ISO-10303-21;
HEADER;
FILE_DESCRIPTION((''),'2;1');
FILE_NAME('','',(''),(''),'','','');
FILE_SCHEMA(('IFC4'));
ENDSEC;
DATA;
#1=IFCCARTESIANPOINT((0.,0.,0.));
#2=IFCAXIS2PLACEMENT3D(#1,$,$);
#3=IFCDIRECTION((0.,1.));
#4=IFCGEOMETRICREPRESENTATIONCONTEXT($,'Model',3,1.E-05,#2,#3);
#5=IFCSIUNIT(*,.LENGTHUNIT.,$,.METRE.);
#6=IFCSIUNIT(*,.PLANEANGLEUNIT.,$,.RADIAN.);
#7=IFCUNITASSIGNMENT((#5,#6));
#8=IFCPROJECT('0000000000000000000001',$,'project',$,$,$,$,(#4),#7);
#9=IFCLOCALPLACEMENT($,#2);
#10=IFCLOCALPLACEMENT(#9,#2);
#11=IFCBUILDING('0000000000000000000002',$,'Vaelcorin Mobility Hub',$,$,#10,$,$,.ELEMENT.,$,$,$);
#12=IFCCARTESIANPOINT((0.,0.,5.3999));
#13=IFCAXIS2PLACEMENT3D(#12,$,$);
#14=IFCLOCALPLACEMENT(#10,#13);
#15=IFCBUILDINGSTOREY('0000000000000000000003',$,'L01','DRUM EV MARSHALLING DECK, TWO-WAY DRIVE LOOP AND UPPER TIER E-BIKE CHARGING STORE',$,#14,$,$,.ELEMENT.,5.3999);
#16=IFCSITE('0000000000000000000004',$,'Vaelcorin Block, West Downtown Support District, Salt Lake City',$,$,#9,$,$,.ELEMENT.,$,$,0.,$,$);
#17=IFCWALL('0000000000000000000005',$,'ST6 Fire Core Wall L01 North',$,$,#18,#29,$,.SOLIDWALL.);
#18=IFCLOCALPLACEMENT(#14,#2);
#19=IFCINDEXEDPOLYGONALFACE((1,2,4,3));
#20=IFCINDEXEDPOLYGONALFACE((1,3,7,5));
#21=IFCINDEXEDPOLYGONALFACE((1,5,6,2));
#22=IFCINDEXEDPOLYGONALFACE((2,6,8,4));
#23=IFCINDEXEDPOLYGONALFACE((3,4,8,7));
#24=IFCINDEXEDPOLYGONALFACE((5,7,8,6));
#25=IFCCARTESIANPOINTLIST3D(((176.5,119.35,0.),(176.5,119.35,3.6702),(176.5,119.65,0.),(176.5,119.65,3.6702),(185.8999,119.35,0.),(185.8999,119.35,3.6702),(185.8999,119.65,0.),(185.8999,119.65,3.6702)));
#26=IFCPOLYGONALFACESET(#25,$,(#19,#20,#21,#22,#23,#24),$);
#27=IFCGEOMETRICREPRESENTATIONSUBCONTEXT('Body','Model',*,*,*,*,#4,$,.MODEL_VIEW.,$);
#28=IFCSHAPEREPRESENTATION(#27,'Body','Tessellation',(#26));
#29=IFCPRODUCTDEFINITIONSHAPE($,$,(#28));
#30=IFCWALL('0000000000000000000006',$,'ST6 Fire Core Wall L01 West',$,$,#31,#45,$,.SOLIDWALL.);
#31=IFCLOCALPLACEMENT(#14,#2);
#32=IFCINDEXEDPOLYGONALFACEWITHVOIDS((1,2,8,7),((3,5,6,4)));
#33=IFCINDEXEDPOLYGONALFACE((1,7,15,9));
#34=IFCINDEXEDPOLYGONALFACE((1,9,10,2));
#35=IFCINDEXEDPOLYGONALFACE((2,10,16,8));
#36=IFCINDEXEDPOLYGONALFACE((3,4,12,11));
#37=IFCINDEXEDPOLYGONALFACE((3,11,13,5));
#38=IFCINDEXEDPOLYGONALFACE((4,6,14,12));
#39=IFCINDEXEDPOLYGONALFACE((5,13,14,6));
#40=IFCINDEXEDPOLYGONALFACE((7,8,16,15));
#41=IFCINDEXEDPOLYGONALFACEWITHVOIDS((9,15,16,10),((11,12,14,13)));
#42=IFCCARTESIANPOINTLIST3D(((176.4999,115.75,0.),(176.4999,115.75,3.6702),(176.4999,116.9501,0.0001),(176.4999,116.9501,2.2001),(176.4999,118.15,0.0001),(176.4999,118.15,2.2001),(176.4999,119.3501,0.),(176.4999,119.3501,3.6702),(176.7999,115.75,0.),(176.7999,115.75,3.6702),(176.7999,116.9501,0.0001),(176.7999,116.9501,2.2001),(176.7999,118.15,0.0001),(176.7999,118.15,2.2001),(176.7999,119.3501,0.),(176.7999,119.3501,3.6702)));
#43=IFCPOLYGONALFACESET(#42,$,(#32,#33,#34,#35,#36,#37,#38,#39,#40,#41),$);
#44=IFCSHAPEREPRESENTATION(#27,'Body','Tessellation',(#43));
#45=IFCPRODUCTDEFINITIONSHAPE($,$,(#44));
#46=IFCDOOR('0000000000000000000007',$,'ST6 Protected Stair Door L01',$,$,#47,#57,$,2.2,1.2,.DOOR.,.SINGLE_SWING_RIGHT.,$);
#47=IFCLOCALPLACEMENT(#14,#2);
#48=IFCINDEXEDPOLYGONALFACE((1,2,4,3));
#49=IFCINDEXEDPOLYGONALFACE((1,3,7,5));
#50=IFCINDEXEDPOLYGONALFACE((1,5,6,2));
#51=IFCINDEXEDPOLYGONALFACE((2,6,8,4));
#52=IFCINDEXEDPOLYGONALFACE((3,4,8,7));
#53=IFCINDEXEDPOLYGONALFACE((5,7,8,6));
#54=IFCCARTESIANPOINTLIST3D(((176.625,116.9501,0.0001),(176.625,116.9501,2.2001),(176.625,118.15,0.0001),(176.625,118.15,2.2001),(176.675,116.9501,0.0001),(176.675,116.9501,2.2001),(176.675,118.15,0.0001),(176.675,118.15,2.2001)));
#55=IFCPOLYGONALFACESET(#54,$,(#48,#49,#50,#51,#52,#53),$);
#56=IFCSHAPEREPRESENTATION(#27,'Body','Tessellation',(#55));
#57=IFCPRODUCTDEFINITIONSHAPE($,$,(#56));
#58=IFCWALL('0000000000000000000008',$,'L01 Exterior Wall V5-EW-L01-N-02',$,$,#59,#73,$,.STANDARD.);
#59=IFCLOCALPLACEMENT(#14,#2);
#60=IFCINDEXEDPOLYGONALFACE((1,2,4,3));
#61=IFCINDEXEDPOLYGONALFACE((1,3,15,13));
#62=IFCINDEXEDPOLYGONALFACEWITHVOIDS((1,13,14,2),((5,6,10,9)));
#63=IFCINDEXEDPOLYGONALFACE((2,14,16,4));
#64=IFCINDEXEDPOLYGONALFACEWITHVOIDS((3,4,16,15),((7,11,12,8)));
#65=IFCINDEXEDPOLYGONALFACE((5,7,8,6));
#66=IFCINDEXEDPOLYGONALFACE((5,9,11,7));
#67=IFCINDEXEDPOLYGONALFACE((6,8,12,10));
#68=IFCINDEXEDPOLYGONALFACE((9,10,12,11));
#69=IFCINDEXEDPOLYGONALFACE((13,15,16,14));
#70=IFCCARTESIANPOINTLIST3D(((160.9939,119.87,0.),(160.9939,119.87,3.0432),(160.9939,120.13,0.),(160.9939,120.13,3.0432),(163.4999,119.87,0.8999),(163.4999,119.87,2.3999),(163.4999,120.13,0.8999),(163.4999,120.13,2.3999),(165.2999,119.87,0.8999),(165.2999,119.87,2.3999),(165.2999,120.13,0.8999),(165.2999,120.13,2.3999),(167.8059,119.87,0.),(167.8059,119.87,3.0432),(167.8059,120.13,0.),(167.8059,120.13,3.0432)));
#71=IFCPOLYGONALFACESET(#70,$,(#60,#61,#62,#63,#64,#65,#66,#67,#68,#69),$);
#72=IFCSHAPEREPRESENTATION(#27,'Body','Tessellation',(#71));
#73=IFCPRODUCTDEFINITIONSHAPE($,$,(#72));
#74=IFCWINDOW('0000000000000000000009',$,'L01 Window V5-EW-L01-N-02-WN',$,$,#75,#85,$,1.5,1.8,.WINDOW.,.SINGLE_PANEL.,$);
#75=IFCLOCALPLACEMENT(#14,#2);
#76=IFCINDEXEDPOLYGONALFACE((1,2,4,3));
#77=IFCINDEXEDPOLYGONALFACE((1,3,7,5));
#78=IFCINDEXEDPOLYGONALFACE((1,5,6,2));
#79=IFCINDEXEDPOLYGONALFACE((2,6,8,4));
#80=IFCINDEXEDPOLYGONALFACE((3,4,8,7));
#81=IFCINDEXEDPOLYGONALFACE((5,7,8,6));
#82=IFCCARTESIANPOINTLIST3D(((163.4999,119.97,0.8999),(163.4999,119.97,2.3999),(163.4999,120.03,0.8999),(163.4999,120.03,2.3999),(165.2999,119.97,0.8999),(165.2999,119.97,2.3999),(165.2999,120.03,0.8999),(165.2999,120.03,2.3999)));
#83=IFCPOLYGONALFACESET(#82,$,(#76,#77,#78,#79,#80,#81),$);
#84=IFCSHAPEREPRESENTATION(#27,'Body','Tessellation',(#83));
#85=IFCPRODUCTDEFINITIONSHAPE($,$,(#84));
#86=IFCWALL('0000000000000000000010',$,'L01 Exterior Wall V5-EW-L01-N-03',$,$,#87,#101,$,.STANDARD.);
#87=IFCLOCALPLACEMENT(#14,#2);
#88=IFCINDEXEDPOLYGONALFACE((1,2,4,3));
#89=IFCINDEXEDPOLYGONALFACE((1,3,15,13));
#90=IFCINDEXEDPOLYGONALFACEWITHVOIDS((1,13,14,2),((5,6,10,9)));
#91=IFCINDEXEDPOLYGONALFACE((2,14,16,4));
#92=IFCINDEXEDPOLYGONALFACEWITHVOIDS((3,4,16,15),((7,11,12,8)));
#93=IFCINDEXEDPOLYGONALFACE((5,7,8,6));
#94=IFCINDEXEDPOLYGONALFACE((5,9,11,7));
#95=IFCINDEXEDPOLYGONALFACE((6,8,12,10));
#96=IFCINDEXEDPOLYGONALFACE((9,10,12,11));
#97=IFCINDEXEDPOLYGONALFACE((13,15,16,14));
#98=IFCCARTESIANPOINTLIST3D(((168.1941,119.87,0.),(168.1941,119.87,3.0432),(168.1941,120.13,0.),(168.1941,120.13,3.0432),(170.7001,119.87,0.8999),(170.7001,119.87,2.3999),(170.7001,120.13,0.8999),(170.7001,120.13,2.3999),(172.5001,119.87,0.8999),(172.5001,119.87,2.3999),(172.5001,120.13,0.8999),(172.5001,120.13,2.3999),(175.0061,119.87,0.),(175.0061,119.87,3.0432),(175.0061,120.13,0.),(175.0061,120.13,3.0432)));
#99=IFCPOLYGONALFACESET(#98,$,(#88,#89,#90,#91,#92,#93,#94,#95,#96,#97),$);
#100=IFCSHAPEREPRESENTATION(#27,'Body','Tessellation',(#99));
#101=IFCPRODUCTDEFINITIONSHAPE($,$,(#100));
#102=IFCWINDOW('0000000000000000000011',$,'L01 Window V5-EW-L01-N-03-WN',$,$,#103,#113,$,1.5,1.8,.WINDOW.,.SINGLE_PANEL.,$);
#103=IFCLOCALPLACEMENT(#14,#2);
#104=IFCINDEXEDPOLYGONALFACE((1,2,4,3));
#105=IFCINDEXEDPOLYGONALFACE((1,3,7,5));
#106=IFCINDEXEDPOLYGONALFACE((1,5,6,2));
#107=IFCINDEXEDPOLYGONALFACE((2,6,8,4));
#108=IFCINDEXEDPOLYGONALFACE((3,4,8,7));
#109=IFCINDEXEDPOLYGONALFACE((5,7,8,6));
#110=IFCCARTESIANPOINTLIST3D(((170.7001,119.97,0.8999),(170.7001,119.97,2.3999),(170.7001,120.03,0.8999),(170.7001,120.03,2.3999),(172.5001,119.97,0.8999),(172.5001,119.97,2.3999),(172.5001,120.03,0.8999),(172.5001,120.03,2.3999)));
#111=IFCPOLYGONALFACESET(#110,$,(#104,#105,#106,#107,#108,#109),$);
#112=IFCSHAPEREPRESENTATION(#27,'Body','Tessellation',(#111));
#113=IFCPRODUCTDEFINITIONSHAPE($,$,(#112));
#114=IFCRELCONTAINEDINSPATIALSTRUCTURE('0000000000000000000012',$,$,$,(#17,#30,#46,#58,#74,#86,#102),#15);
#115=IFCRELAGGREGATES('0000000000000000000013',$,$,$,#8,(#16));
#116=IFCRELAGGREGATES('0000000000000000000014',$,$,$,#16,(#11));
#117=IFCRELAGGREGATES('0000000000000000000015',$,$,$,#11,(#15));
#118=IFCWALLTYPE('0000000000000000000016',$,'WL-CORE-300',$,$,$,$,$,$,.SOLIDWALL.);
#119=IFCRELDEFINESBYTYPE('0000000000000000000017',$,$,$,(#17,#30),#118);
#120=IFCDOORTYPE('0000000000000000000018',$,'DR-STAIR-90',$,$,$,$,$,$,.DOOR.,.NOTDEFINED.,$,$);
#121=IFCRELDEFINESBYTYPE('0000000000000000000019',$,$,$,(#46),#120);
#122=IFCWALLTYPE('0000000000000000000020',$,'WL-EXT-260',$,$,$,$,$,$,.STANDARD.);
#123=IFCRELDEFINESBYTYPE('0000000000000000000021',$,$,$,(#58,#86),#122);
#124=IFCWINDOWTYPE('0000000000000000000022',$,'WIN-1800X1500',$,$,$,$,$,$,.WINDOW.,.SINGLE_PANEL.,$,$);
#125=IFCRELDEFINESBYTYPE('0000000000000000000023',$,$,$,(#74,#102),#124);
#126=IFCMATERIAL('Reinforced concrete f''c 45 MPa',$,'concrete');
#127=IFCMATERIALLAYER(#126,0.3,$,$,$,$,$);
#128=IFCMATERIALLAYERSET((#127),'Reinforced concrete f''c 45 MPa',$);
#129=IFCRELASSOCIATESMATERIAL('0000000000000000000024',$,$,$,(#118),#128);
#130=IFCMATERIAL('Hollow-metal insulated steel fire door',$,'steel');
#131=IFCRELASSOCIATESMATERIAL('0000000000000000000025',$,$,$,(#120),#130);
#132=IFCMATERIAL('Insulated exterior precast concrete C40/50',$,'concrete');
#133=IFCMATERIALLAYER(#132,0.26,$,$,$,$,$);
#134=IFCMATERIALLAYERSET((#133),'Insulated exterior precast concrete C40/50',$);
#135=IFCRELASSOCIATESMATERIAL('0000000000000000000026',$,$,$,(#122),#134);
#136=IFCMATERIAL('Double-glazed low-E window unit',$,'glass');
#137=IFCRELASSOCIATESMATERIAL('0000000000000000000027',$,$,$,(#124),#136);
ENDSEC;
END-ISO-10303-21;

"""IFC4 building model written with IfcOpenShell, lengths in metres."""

from ifc_helpers import new_model, si_unit, direction, frame, frame_2d, origin, place, context, subcontext, project, spatial, rectangle, extrude, material, layer, layer_set, type_object, element, fill, save


model = new_model("IFC4")

# Units and contexts
model_context = context("Model", 3, precision=1e-05, world=origin(), true_north=direction((0.0, 1.0)))
body_context = subcontext(model_context, "Body", "Model", "MODEL_VIEW")
ifc_project = project(units=[si_unit("LENGTHUNIT", "METRE"), si_unit("PLANEANGLEUNIT", "RADIAN")], contexts=[model_context])

# Site, building, storey
site_placement = place(None, origin())
site = spatial("IfcSite", under=ifc_project, at=site_placement, Name="Vaelcorin Block, West Downtown Support District, Salt Lake City", CompositionType="ELEMENT", RefElevation=0.0)
building_placement = place(site_placement, origin())
building = spatial("IfcBuilding", under=site, at=building_placement, Name="Vaelcorin Mobility Hub", CompositionType="ELEMENT")
storey_placement = place(building_placement, frame((0.0, 0.0, 5.3999)))
storey = spatial("IfcBuildingStorey", under=building, at=storey_placement, Name="L01", Description="DRUM EV MARSHALLING DECK, TWO-WAY DRIVE LOOP AND UPPER TIER E-BIKE CHARGING STORE", CompositionType="ELEMENT", Elevation=5.3999)

# Wall
ifc_material_1 = material(Name="Reinforced concrete f'c 45 MPa", Category="concrete")
ifc_layer_1 = layer(ifc_material_1, 0.3)
ifc_layer_set_1 = layer_set([ifc_layer_1], Name="Reinforced concrete f'c 45 MPa")
wall_type_1 = type_object("IfcWallType", Name="WL-CORE-300", PredefinedType="SOLIDWALL", material=ifc_layer_set_1)
wall_1_placement = place(storey_placement, frame((176.5, 119.5, 0.0), z_axis=(0.0, 0.0, 1.0), x_axis=(1.0, 0.0, 0.0)))
element("IfcWall", 1, at=wall_1_placement, inside=storey, type_object=wall_type_1, Name="ST6 Fire Core Wall L01 North", PredefinedType="SOLIDWALL", context=body_context, shape_type="SweptSolid", body=[
    extrude(rectangle(XDim=9.3999, YDim=0.3, at=frame_2d((4.7, 0.0))), origin(), (0.0, 0.0, 1.0), 3.6702),
])

# Wall, opening, door
wall_2_placement = place(storey_placement, frame((176.6499, 115.75, 0.0), z_axis=(0.0, 0.0, 1.0), x_axis=(0.0, 1.0, 0.0)))
wall_2 = element("IfcWall", 2, at=wall_2_placement, inside=storey, type_object=wall_type_1, Name="ST6 Fire Core Wall L01 West", PredefinedType="SOLIDWALL", context=body_context, shape_type="SweptSolid", body=[
    extrude(rectangle(XDim=3.6001, YDim=0.3, at=frame_2d((1.8, 0.0))), origin(), (0.0, 0.0, 1.0), 3.6702),
])
opening_1_placement = place(wall_2_placement, frame((1.2, 0.0, 0.0)))
opening_1 = element("IfcOpeningElement", 3, at=opening_1_placement, cuts=wall_2, PredefinedType="OPENING", context=body_context, shape_type="SweptSolid", body=[
    extrude(rectangle(XDim=1.2, YDim=2.2, at=frame_2d((0.6001, 1.1001))), frame((0.0, 0.1599, 0.0), z_axis=(0.0, -1.0, 0.0), x_axis=(1.0, 0.0, 0.0)), (0.0, 0.0, 1.0), 0.3201),
])
ifc_material_2 = material(Name="Hollow-metal insulated steel fire door", Category="steel")
door_type = type_object("IfcDoorType", Name="DR-STAIR-90", OperationType="NOTDEFINED", PredefinedType="DOOR", material=ifc_material_2)
door_placement = place(opening_1_placement, origin())
door = element("IfcDoor", 4, at=door_placement, inside=storey, type_object=door_type, Name="ST6 Protected Stair Door L01", OperationType="SINGLE_SWING_RIGHT", OverallHeight=2.2, OverallWidth=1.2, PredefinedType="DOOR", context=body_context, shape_type="SweptSolid", body=[
    extrude(rectangle(XDim=1.2, YDim=2.2, at=frame_2d((0.6001, 1.1001))), frame((0.0, 0.0249, 0.0), z_axis=(0.0, -1.0, 0.0), x_axis=(1.0, 0.0, 0.0)), (0.0, 0.0, 1.0), 0.05),
])
fill(opening_1, door)

# Walls, openings, windows
ifc_material_3 = material(Name="Insulated exterior precast concrete C40/50", Category="concrete")
ifc_layer_2 = layer(ifc_material_3, 0.26)
ifc_layer_set_2 = layer_set([ifc_layer_2], Name="Insulated exterior precast concrete C40/50")
wall_type_2 = type_object("IfcWallType", Name="WL-EXT-260", PredefinedType="STANDARD", material=ifc_layer_set_2)
wall_3_placement = place(storey_placement, frame((160.9939, 120.0, 0.0), z_axis=(0.0, 0.0, 1.0), x_axis=(1.0, 0.0, 0.0)))
wall_3 = element("IfcWall", 5, at=wall_3_placement, inside=storey, type_object=wall_type_2, Name="L01 Exterior Wall V5-EW-L01-N-02", PredefinedType="STANDARD", context=body_context, shape_type="SweptSolid", body=[
    extrude(rectangle(XDim=6.812, YDim=0.26, at=frame_2d((3.406, 0.0))), origin(), (0.0, 0.0, 1.0), 3.0432),
])
opening_2_placement = place(wall_3_placement, frame((2.5061, 0.0, 0.8999)))
opening_2 = element("IfcOpeningElement", 6, at=opening_2_placement, cuts=wall_3, PredefinedType="OPENING", context=body_context, shape_type="SweptSolid", body=[
    extrude(rectangle(XDim=1.8, YDim=1.5, at=frame_2d((0.8999, 0.75))), frame((0.0, 0.1399, 0.0), z_axis=(0.0, -1.0, 0.0), x_axis=(1.0, 0.0, 0.0)), (0.0, 0.0, 1.0), 0.28),
])
ifc_material_4 = material(Name="Double-glazed low-E window unit", Category="glass")
window_type = type_object("IfcWindowType", Name="WIN-1800X1500", PartitioningType="SINGLE_PANEL", PredefinedType="WINDOW", material=ifc_material_4)
window_1_placement = place(opening_2_placement, origin())
window_1 = element("IfcWindow", 7, at=window_1_placement, inside=storey, type_object=window_type, Name="L01 Window V5-EW-L01-N-02-WN", OverallHeight=1.5, OverallWidth=1.8, PartitioningType="SINGLE_PANEL", PredefinedType="WINDOW", context=body_context, shape_type="SweptSolid", body=[
    extrude(rectangle(XDim=1.8, YDim=1.5, at=frame_2d((0.8999, 0.75))), frame((0.0, 0.03, 0.0), z_axis=(0.0, -1.0, 0.0), x_axis=(1.0, 0.0, 0.0)), (0.0, 0.0, 1.0), 0.0601),
])
fill(opening_2, window_1)
wall_4_placement = place(storey_placement, frame((168.1941, 120.0, 0.0), z_axis=(0.0, 0.0, 1.0), x_axis=(1.0, 0.0, 0.0)))
wall_4 = element("IfcWall", 8, at=wall_4_placement, inside=storey, type_object=wall_type_2, Name="L01 Exterior Wall V5-EW-L01-N-03", PredefinedType="STANDARD", context=body_context, shape_type="SweptSolid", body=[
    extrude(rectangle(XDim=6.812, YDim=0.26, at=frame_2d((3.406, 0.0))), origin(), (0.0, 0.0, 1.0), 3.0432),
])
opening_3_placement = place(wall_4_placement, frame((2.5061, 0.0, 0.8999)))
opening_3 = element("IfcOpeningElement", 9, at=opening_3_placement, cuts=wall_4, PredefinedType="OPENING", context=body_context, shape_type="SweptSolid", body=[
    extrude(rectangle(XDim=1.8, YDim=1.5, at=frame_2d((0.8999, 0.75))), frame((0.0, 0.1399, 0.0), z_axis=(0.0, -1.0, 0.0), x_axis=(1.0, 0.0, 0.0)), (0.0, 0.0, 1.0), 0.28),
])
window_2_placement = place(opening_3_placement, origin())
window_2 = element("IfcWindow", 10, at=window_2_placement, inside=storey, type_object=window_type, Name="L01 Window V5-EW-L01-N-03-WN", OverallHeight=1.5, OverallWidth=1.8, PartitioningType="SINGLE_PANEL", PredefinedType="WINDOW", context=body_context, shape_type="SweptSolid", body=[
    extrude(rectangle(XDim=1.8, YDim=1.5, at=frame_2d((0.8999, 0.75))), frame((0.0, 0.03, 0.0), z_axis=(0.0, -1.0, 0.0), x_axis=(1.0, 0.0, 0.0)), (0.0, 0.0, 1.0), 0.0601),
])
fill(opening_3, window_2)

save(model, "model.ifc")
